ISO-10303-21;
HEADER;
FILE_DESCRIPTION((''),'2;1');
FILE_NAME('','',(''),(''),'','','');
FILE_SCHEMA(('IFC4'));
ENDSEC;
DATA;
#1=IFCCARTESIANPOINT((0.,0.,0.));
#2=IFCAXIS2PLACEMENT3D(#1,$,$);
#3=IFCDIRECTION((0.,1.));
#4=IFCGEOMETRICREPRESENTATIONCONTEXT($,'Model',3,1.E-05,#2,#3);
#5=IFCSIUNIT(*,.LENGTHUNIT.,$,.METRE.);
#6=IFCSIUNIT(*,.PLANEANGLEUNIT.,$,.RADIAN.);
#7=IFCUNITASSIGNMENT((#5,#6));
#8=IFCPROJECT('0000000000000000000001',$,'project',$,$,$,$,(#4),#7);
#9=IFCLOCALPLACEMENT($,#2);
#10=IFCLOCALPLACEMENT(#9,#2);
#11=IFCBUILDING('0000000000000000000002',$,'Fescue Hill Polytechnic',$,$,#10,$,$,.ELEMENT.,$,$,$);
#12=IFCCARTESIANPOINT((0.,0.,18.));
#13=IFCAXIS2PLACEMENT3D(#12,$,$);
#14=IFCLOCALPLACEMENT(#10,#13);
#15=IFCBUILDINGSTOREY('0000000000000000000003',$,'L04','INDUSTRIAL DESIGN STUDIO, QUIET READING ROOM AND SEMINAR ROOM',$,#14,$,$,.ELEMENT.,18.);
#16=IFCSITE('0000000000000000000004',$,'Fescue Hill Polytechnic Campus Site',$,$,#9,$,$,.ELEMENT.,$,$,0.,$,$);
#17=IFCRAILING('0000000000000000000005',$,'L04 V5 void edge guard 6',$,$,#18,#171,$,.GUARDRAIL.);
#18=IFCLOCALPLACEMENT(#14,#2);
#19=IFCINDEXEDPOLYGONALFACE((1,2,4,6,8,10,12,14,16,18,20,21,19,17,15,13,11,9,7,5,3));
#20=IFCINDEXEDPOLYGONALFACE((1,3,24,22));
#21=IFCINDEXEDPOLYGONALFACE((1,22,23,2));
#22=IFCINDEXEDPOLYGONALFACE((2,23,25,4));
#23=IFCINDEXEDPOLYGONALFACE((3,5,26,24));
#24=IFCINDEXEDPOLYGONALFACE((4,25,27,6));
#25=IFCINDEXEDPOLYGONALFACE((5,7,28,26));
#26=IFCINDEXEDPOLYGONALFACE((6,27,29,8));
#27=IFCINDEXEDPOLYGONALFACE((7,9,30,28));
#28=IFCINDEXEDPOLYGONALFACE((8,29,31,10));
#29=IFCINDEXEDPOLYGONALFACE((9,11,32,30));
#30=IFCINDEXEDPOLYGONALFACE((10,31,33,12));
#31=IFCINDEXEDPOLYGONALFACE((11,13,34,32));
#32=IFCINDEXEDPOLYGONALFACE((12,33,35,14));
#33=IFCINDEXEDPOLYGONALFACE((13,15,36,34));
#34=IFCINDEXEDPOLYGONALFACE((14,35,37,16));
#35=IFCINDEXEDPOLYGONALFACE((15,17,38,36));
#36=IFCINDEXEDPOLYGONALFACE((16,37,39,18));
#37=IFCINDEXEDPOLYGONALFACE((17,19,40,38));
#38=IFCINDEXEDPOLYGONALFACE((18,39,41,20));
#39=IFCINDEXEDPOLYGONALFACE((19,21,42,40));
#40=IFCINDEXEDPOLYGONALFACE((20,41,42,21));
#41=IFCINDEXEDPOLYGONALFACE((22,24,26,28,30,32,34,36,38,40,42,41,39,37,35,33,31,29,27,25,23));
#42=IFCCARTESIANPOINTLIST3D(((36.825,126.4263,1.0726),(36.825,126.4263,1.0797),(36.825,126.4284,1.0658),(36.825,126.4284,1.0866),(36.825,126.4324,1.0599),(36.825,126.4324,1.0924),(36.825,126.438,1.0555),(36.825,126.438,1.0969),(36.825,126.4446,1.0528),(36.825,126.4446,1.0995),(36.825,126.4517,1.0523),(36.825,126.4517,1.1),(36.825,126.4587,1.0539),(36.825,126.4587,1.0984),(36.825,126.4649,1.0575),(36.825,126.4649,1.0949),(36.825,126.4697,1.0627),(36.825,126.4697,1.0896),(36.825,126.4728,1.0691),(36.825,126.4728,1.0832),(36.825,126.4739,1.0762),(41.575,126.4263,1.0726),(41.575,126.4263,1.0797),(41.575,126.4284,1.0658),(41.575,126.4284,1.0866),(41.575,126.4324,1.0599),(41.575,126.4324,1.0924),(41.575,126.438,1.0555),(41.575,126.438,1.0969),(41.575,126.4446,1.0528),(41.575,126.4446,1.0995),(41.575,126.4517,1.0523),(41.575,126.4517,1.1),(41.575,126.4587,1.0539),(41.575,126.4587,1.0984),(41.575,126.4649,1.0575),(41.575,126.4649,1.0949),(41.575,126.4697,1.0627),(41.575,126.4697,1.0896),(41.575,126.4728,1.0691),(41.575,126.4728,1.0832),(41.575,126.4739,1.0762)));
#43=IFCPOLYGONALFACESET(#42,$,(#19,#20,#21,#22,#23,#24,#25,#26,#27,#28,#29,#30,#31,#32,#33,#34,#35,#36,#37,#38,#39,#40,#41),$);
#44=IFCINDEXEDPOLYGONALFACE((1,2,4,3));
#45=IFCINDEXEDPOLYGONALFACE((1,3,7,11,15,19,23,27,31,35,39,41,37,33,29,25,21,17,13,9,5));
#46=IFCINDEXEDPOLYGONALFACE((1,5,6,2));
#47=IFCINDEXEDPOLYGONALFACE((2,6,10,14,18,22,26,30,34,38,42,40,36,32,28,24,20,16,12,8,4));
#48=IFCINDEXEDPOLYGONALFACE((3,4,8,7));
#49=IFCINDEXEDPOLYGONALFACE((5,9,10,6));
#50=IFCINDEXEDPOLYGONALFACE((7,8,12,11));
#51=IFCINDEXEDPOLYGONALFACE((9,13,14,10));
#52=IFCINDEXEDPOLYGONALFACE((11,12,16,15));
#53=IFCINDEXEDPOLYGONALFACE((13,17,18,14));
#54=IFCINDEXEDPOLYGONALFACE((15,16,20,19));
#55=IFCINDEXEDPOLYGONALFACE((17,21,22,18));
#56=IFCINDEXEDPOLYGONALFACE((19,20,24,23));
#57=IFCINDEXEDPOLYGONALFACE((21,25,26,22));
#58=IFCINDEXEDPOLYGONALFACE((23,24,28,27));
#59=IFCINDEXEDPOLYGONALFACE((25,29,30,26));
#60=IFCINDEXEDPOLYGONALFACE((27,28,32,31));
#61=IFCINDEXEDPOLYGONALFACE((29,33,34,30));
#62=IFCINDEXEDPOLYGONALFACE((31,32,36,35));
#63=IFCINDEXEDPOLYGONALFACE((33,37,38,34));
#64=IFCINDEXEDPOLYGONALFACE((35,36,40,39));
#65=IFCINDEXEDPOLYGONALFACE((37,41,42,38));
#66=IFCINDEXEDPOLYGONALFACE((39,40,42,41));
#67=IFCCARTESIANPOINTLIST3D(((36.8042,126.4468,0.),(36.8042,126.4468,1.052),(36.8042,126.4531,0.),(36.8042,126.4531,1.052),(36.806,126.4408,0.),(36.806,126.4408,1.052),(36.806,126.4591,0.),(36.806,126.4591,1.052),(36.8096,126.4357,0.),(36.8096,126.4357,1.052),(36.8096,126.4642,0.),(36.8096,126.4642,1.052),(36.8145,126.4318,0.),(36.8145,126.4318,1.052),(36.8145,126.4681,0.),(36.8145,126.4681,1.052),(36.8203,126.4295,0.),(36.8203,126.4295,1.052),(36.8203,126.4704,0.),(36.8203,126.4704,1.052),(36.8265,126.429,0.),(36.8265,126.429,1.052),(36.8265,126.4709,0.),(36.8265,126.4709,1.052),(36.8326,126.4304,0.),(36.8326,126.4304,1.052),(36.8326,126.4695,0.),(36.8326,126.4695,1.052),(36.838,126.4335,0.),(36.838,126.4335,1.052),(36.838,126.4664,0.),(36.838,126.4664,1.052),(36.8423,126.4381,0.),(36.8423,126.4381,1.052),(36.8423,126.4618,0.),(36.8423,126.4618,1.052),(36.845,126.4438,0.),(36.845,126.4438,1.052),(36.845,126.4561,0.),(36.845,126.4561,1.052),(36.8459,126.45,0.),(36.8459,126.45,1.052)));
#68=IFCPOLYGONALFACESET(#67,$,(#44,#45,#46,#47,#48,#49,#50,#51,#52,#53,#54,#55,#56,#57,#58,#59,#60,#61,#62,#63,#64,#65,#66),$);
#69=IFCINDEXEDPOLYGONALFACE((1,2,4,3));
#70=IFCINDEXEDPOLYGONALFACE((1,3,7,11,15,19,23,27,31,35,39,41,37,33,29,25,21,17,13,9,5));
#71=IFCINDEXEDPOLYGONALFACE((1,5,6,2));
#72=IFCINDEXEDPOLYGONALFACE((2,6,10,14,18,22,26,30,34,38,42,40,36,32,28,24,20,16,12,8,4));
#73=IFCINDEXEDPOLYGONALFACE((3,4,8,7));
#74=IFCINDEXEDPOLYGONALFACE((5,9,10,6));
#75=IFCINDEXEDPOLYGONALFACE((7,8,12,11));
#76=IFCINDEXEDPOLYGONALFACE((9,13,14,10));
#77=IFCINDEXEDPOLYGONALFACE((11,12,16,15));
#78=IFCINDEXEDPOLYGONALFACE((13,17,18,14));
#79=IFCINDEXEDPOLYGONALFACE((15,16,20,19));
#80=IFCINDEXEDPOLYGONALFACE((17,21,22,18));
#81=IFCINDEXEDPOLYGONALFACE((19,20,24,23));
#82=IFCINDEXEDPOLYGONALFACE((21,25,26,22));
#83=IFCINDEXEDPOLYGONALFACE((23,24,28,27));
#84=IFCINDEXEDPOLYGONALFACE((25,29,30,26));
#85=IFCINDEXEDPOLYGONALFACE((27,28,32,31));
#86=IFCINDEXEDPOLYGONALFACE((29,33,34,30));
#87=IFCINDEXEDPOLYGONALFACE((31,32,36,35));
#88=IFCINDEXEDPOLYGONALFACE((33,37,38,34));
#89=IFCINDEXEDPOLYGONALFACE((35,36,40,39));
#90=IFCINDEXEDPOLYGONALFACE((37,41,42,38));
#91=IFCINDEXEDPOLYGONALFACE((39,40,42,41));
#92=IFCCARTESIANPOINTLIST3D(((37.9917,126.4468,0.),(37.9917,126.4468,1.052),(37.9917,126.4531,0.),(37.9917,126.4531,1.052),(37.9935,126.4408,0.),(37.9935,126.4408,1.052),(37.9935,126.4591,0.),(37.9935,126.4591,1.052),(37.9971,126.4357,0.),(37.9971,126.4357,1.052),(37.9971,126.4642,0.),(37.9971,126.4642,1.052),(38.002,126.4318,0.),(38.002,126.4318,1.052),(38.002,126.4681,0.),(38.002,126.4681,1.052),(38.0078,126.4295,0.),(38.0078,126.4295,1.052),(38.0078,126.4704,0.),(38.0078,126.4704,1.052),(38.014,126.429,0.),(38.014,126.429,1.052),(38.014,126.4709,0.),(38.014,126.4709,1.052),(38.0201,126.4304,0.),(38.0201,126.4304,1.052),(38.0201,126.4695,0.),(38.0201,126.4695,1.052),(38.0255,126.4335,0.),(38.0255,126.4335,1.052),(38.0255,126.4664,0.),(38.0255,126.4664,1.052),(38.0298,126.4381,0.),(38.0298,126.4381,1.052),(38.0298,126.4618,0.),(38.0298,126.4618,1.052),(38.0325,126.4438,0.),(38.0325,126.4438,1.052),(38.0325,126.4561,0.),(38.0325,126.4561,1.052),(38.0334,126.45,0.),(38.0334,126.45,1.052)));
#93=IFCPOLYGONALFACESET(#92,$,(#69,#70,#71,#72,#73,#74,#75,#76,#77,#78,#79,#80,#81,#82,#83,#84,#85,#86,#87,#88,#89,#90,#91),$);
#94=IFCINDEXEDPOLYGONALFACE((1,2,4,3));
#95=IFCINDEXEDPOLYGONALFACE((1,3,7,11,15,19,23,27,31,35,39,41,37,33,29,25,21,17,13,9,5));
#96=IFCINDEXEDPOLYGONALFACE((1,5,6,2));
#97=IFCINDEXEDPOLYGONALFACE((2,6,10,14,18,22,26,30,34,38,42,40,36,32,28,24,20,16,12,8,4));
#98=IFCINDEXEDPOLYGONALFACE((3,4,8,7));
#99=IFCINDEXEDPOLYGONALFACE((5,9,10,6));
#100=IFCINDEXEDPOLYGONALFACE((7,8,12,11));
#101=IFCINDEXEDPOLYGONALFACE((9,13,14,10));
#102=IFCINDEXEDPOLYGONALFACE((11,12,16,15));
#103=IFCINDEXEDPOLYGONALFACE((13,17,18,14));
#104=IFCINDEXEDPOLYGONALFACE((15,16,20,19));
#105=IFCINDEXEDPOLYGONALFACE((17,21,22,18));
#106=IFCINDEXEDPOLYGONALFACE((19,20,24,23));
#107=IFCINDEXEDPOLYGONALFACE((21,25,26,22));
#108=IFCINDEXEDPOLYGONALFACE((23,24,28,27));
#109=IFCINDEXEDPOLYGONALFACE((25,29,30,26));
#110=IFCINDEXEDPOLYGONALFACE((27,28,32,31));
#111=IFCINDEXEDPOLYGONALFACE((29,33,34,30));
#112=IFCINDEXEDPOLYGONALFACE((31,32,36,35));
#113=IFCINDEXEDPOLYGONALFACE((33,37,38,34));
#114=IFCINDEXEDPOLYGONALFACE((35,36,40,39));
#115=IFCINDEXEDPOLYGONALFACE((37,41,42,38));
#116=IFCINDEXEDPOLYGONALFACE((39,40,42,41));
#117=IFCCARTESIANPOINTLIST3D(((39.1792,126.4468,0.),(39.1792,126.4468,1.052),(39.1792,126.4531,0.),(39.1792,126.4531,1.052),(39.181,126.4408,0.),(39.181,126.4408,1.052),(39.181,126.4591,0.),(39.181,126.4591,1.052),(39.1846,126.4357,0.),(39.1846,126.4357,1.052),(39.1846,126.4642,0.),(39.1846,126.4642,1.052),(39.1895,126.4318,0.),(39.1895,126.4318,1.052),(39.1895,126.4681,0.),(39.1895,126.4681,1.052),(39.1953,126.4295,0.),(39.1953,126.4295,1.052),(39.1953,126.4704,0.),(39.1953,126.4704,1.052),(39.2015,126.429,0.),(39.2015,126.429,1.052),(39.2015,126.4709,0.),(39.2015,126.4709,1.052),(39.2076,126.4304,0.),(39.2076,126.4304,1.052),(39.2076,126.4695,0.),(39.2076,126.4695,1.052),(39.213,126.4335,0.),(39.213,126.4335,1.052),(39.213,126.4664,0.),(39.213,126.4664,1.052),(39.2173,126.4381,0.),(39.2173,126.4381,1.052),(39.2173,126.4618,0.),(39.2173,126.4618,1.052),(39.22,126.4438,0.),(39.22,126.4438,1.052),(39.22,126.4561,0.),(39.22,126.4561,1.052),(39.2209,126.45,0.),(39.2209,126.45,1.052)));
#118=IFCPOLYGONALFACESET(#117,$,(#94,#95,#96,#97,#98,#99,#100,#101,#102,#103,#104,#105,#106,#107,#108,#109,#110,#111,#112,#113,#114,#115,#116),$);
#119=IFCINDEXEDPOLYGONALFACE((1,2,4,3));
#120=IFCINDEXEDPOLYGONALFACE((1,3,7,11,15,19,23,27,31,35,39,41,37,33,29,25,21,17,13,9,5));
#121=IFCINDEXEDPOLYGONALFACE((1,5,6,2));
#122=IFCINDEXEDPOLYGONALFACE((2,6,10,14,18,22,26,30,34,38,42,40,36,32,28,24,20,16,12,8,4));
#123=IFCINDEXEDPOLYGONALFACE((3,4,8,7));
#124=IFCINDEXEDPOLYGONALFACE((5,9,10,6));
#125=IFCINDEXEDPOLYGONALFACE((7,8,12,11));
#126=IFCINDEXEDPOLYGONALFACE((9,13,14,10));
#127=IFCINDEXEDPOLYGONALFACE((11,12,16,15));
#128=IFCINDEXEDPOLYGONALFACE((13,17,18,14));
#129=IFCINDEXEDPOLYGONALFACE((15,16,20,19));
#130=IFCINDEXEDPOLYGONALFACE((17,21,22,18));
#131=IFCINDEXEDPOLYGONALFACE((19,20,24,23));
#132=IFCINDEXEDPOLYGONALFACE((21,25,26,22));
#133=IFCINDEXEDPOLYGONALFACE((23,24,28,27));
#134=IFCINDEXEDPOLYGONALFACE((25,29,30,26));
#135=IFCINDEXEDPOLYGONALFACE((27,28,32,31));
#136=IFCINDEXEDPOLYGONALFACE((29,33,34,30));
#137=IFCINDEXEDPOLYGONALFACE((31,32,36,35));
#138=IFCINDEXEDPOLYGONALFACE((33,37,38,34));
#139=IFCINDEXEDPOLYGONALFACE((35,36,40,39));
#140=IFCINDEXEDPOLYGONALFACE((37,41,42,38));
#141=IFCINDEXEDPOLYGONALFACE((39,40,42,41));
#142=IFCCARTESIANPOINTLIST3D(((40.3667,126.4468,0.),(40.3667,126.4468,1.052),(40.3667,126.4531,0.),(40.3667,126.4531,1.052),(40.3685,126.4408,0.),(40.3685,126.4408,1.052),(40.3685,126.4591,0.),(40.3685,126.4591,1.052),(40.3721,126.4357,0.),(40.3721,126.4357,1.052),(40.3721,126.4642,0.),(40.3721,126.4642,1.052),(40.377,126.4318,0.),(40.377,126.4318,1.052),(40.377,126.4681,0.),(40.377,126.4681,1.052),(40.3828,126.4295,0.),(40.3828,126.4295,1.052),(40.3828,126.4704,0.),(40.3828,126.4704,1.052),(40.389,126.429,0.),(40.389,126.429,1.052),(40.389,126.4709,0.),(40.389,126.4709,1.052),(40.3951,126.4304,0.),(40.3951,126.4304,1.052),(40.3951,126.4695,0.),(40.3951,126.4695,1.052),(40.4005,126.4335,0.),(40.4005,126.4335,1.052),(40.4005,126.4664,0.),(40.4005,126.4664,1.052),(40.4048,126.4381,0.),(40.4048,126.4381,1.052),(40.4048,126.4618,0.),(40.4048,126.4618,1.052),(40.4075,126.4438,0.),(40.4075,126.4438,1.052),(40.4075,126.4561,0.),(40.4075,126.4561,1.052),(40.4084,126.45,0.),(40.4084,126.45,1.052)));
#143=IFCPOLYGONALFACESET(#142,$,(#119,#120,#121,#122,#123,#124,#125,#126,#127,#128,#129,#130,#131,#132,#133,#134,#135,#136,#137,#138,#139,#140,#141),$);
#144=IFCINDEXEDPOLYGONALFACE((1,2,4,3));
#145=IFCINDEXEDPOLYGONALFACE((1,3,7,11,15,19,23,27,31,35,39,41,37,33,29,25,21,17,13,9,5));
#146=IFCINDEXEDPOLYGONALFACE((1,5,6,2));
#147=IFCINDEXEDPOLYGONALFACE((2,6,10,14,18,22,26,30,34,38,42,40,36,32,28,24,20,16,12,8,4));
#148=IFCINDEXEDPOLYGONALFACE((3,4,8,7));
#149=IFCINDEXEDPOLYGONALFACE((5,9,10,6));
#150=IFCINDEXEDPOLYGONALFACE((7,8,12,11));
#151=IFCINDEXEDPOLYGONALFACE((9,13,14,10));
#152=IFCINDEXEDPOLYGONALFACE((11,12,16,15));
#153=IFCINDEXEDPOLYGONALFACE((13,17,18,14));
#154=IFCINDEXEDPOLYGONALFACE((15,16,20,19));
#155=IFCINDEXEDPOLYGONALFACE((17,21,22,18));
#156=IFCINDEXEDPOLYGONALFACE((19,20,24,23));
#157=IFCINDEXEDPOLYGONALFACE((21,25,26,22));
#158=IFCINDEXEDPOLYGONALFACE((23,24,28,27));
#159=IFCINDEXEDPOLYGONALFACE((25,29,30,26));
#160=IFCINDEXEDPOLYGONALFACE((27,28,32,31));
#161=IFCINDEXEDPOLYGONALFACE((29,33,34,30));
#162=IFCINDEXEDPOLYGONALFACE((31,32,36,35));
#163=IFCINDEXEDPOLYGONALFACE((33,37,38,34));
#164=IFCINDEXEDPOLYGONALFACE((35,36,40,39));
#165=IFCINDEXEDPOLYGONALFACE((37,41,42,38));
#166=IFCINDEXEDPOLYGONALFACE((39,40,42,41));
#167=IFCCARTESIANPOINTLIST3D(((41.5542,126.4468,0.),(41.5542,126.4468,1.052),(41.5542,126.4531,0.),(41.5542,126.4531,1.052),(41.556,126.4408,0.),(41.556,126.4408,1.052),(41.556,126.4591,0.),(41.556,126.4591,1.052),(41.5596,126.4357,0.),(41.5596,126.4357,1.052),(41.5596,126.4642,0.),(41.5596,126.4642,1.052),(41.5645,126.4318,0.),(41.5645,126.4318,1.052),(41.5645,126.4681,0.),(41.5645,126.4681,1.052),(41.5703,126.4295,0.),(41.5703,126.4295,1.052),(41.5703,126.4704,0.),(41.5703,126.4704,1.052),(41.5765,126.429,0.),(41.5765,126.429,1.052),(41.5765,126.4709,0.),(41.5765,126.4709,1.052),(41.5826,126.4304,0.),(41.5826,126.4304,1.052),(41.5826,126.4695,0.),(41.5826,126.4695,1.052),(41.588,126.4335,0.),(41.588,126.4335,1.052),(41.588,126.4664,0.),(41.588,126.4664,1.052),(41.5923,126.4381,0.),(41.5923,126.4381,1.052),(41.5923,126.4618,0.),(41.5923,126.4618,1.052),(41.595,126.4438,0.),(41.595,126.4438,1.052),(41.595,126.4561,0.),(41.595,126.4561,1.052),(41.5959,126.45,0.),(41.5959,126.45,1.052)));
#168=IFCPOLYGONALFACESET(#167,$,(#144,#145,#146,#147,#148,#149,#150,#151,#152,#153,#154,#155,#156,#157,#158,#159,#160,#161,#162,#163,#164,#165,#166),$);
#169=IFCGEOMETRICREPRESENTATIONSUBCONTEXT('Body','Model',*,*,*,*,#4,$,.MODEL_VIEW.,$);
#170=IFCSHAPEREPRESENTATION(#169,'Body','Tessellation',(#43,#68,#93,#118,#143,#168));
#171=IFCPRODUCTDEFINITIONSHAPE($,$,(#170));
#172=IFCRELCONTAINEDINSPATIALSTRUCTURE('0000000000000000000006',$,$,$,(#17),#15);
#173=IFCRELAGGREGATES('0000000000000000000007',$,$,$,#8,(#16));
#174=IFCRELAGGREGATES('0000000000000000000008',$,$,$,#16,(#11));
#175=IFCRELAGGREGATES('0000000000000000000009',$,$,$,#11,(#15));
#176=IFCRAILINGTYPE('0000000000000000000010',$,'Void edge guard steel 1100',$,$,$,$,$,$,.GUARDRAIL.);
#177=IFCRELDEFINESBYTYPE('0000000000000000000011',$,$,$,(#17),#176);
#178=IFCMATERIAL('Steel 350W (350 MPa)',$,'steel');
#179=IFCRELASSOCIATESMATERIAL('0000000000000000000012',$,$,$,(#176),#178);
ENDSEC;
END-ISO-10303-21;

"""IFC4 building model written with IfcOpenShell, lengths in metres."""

from ifc_helpers import new_model, si_unit, direction, frame, origin, origin_2d, place, context, subcontext, project, spatial, circle, extrude, material, type_object, element, save


model = new_model("IFC4")

# Units and contexts
model_context = context("Model", 3, precision=1e-05, world=origin(), true_north=direction((0.0, 1.0)))
body_context = subcontext(model_context, "Body", "Model", "MODEL_VIEW")
ifc_project = project(units=[si_unit("LENGTHUNIT", "METRE"), si_unit("PLANEANGLEUNIT", "RADIAN")], contexts=[model_context])

# Site, building, storey
site_placement = place(None, origin())
site = spatial("IfcSite", under=ifc_project, at=site_placement, Name="Fescue Hill Polytechnic Campus Site", CompositionType="ELEMENT", RefElevation=0.0)
building_placement = place(site_placement, origin())
building = spatial("IfcBuilding", under=site, at=building_placement, Name="Fescue Hill Polytechnic", CompositionType="ELEMENT")
storey_placement = place(building_placement, frame((0.0, 0.0, 18.0)))
storey = spatial("IfcBuildingStorey", under=building, at=storey_placement, Name="L04", Description="INDUSTRIAL DESIGN STUDIO, QUIET READING ROOM AND SEMINAR ROOM", CompositionType="ELEMENT", Elevation=18.0)

# Railing
ifc_material_1 = material(Name="Steel 350W (350 MPa)", Category="steel")
railing_type_1 = type_object("IfcRailingType", Name="Void edge guard steel 1100", PredefinedType="GUARDRAIL", material=ifc_material_1)
railing_1_placement = place(storey_placement, frame((36.825, 126.45, 0.0)))
element("IfcRailing", 1, at=railing_1_placement, inside=storey, type_object=railing_type_1, Name="L04 V5 void edge guard 6", PredefinedType="GUARDRAIL", context=body_context, shape_type="SweptSolid", body=[
    extrude(circle(Radius=0.0239, at=origin_2d()), frame((0.0, 0.0, 1.0762), z_axis=(1.0, 0.0, 0.0), x_axis=(0.0, 1.0, 0.0)), (0.0, 0.0, 1.0), 4.75),
    extrude(circle(Radius=0.021, at=origin_2d()), origin(), (0.0, 0.0, 1.0), 1.052),
    extrude(circle(Radius=0.021, at=origin_2d()), frame((1.1875, 0.0, 0.0)), (0.0, 0.0, 1.0), 1.052),
    extrude(circle(Radius=0.021, at=origin_2d()), frame((2.375, 0.0, 0.0)), (0.0, 0.0, 1.0), 1.052),
    extrude(circle(Radius=0.021, at=origin_2d()), frame((3.5625, 0.0, 0.0)), (0.0, 0.0, 1.0), 1.052),
    extrude(circle(Radius=0.021, at=origin_2d()), frame((4.75, 0.0, 0.0)), (0.0, 0.0, 1.0), 1.052),
])

save(model, "model.ifc")
